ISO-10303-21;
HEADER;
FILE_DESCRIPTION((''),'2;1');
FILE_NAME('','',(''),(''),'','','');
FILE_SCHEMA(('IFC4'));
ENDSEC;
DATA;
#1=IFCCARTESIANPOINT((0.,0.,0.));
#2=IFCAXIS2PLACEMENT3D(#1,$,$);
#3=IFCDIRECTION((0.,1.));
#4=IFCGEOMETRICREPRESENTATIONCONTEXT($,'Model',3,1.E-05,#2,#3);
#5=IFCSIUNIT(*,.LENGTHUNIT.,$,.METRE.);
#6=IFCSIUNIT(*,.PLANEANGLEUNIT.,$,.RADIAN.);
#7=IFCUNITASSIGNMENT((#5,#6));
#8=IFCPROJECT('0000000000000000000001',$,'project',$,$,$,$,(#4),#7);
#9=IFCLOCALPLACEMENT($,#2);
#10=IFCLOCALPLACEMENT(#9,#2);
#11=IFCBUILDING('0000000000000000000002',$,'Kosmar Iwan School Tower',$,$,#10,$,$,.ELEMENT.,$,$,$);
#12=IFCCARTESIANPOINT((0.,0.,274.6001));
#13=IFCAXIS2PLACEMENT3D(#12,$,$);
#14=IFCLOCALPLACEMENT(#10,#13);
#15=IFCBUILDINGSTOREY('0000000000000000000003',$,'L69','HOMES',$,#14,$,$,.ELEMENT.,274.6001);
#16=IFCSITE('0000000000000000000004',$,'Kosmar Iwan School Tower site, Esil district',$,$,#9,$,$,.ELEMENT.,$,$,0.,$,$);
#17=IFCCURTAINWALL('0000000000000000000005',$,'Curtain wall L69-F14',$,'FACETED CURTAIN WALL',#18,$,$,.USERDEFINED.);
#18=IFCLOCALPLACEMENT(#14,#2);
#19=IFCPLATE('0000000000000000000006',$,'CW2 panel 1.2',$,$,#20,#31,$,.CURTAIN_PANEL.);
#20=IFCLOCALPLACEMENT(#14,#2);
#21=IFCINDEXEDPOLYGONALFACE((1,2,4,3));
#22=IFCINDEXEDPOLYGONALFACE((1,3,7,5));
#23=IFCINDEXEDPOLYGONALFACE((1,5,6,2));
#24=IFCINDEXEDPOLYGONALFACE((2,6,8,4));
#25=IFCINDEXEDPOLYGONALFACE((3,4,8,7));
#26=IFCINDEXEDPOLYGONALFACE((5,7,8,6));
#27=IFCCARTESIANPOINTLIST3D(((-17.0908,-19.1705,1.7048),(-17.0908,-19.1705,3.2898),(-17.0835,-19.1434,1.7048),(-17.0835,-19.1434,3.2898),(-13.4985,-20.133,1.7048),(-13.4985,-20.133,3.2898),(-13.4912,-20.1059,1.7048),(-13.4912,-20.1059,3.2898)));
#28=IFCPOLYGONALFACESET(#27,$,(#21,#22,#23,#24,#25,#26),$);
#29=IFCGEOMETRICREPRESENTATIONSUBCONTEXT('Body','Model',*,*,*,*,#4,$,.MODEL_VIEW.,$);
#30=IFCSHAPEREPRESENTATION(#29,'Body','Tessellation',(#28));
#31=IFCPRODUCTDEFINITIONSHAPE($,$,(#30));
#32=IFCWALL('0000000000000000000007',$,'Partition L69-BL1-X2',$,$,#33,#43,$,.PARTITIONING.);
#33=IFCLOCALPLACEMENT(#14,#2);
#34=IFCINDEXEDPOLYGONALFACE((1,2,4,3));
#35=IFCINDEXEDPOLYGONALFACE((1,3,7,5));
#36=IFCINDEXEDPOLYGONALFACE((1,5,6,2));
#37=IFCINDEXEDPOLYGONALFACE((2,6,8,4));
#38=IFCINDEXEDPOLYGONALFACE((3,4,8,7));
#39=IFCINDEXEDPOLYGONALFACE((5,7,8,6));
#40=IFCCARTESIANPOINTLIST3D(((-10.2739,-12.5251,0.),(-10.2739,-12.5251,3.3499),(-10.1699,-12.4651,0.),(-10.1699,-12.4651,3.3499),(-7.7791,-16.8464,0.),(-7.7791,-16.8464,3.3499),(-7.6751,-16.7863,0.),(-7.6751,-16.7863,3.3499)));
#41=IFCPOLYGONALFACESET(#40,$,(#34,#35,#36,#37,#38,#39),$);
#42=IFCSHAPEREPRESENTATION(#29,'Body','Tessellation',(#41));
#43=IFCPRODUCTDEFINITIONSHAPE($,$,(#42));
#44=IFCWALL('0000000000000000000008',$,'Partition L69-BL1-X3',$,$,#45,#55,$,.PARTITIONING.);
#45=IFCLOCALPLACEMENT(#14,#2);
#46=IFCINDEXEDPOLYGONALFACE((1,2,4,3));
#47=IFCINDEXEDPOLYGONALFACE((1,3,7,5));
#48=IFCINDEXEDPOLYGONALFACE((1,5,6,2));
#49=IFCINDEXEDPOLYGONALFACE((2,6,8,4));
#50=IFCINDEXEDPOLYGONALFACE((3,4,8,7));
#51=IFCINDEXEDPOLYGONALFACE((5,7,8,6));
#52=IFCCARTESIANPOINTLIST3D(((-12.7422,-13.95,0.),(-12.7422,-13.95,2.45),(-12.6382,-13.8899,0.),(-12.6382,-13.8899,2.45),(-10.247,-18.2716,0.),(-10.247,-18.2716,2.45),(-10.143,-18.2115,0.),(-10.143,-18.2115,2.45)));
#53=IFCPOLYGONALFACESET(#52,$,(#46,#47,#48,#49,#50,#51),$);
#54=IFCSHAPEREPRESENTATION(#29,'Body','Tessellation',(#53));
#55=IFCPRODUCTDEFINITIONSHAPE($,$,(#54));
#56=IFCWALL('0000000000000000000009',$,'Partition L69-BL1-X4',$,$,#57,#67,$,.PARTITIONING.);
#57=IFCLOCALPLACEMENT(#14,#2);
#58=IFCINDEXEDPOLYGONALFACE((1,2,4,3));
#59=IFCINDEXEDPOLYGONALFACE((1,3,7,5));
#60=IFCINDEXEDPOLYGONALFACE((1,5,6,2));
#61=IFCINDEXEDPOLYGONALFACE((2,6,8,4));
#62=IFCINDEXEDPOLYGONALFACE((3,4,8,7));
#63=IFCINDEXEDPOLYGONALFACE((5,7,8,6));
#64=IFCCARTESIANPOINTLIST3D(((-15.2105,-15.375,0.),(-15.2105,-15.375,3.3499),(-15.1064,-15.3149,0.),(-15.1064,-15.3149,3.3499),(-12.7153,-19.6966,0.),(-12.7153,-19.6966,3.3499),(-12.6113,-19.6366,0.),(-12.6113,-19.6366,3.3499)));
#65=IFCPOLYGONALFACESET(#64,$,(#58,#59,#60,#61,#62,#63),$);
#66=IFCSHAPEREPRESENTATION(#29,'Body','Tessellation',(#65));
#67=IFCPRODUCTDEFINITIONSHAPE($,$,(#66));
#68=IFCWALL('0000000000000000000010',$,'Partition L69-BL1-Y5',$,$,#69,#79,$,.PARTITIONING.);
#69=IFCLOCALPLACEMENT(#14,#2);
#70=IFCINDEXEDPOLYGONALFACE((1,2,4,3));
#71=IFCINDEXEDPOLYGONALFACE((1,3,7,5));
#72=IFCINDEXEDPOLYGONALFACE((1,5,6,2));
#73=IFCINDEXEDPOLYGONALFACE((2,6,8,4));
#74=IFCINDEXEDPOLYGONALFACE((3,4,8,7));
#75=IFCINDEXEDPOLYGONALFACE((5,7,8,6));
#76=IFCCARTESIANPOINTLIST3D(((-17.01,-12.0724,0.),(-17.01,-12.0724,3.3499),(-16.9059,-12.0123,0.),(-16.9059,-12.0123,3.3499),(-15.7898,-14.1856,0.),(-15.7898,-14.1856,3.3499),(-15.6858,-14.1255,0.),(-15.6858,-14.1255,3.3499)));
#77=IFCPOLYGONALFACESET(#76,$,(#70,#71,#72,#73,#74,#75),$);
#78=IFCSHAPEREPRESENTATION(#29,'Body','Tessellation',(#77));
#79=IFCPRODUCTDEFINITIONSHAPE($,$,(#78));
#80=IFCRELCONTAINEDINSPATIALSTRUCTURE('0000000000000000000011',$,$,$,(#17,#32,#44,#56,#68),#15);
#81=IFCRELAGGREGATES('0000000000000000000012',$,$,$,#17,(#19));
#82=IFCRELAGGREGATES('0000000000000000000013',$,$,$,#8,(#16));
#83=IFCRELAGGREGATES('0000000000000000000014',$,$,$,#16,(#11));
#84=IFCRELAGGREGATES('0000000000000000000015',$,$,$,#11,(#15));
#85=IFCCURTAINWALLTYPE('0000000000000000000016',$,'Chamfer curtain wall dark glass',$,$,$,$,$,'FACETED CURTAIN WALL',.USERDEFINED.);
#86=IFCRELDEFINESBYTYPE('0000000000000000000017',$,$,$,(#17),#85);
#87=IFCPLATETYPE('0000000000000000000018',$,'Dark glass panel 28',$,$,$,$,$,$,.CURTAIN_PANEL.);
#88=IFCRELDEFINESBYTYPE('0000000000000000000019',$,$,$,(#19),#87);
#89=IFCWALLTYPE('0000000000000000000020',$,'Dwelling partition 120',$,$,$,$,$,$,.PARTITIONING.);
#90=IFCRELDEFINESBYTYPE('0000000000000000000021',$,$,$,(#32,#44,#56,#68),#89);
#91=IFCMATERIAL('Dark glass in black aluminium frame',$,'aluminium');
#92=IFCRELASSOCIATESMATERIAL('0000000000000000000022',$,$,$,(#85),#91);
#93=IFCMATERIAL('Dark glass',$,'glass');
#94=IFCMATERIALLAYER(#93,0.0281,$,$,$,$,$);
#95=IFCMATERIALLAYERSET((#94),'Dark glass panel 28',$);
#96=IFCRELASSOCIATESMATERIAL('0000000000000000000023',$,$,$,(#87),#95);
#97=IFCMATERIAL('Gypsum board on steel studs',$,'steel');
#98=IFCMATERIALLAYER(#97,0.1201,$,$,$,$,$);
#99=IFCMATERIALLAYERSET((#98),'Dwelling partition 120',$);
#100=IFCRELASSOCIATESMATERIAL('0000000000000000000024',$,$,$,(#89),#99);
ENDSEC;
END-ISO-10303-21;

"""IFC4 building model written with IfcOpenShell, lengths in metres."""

from ifc_helpers import new_model, si_unit, direction, frame, frame_2d, origin, origin_2d, place, context, subcontext, project, spatial, rectangle, extrude, material, layer, layer_set, type_object, element, aggregate, save


model = new_model("IFC4")

# Units and contexts
model_context = context("Model", 3, precision=1e-05, world=origin(), true_north=direction((0.0, 1.0)))
body_context = subcontext(model_context, "Body", "Model", "MODEL_VIEW")
ifc_project = project(units=[si_unit("LENGTHUNIT", "METRE"), si_unit("PLANEANGLEUNIT", "RADIAN")], contexts=[model_context])

# Site, building, storey
site_placement = place(None, origin())
site = spatial("IfcSite", under=ifc_project, at=site_placement, Name="Kosmar Iwan School Tower site, Esil district", CompositionType="ELEMENT", RefElevation=0.0)
building_placement = place(site_placement, origin())
building = spatial("IfcBuilding", under=site, at=building_placement, Name="Kosmar Iwan School Tower", CompositionType="ELEMENT")
storey_placement = place(building_placement, frame((0.0, 0.0, 274.6001)))
storey = spatial("IfcBuildingStorey", under=building, at=storey_placement, Name="L69", Description="HOMES", CompositionType="ELEMENT", Elevation=274.6001)

# Curtain wall
ifc_material_1 = material(Name="Dark glass in black aluminium frame", Category="aluminium")
curtain_wall_type = type_object("IfcCurtainWallType", Name="Chamfer curtain wall dark glass", ElementType="FACETED CURTAIN WALL", PredefinedType="USERDEFINED", material=ifc_material_1)
curtain_wall_placement = place(storey_placement, origin())
curtain_wall = element("IfcCurtainWall", 1, at=curtain_wall_placement, inside=storey, type_object=curtain_wall_type, Name="Curtain wall L69-F14", ObjectType="FACETED CURTAIN WALL", PredefinedType="USERDEFINED")

# Plate
ifc_material_2 = material(Name="Dark glass", Category="glass")
ifc_layer_1 = layer(ifc_material_2, 0.0281)
ifc_layer_set_1 = layer_set([ifc_layer_1], Name="Dark glass panel 28")
plate_type = type_object("IfcPlateType", Name="Dark glass panel 28", PredefinedType="CURTAIN_PANEL", material=ifc_layer_set_1)
plate_1_placement = place(storey_placement, frame((-15.291, -19.6382, 1.7048), z_axis=(0.0, 0.0, 1.0), x_axis=(0.965926, -0.258819, 0.0)))
plate_1 = element("IfcPlate", 2, at=plate_1_placement, type_object=plate_type, Name="CW2 panel 1.2", PredefinedType="CURTAIN_PANEL", context=body_context, shape_type="SweptSolid", body=[
    extrude(rectangle(XDim=3.719, YDim=0.0281, at=origin_2d()), origin(), (0.0, 0.0, 1.0), 1.585),
])
aggregate(curtain_wall, [plate_1])

# Walls
ifc_material_3 = material(Name="Gypsum board on steel studs", Category="steel")
ifc_layer_2 = layer(ifc_material_3, 0.1201)
ifc_layer_set_2 = layer_set([ifc_layer_2], Name="Dwelling partition 120")
wall_type = type_object("IfcWallType", Name="Dwelling partition 120", PredefinedType="PARTITIONING", material=ifc_layer_set_2)
wall_1_placement = place(storey_placement, frame((-10.2219, -12.4951, 0.0), z_axis=(0.0, 0.0, 1.0), x_axis=(0.499996, -0.866028, 0.0)))
element("IfcWall", 3, at=wall_1_placement, inside=storey, type_object=wall_type, Name="Partition L69-BL1-X2", PredefinedType="PARTITIONING", context=body_context, shape_type="SweptSolid", body=[
    extrude(rectangle(XDim=4.9897, YDim=0.1201, at=frame_2d((2.4949, 0.0))), origin(), (0.0, 0.0, 1.0), 3.3499),
])
wall_2_placement = place(storey_placement, frame((-12.6902, -13.9199, 0.0), z_axis=(0.0, 0.0, 1.0), x_axis=(0.500012, -0.866019, 0.0)))
element("IfcWall", 4, at=wall_2_placement, inside=storey, type_object=wall_type, Name="Partition L69-BL1-X3", PredefinedType="PARTITIONING", context=body_context, shape_type="SweptSolid", body=[
    extrude(rectangle(XDim=4.9902, YDim=0.1201, at=frame_2d((2.4951, 0.0))), origin(), (0.0, 0.0, 1.0), 2.45),
])
wall_3_placement = place(storey_placement, frame((-15.1584, -15.345, 0.0), z_axis=(0.0, 0.0, 1.0), x_axis=(0.500012, -0.866019, 0.0)))
element("IfcWall", 5, at=wall_3_placement, inside=storey, type_object=wall_type, Name="Partition L69-BL1-X4", PredefinedType="PARTITIONING", context=body_context, shape_type="SweptSolid", body=[
    extrude(rectangle(XDim=4.9902, YDim=0.1201, at=frame_2d((2.4951, 0.0))), origin(), (0.0, 0.0, 1.0), 3.3499),
])
wall_4_placement = place(storey_placement, frame((-16.958, -12.0422, 0.0), z_axis=(0.0, 0.0, 1.0), x_axis=(0.500034, -0.866006, 0.0)))
element("IfcWall", 6, at=wall_4_placement, inside=storey, type_object=wall_type, Name="Partition L69-BL1-Y5", PredefinedType="PARTITIONING", context=body_context, shape_type="SweptSolid", body=[
    extrude(rectangle(XDim=2.4402, YDim=0.1201, at=frame_2d((1.2202, 0.0))), origin(), (0.0, 0.0, 1.0), 3.3499),
])

save(model, "model.ifc")
